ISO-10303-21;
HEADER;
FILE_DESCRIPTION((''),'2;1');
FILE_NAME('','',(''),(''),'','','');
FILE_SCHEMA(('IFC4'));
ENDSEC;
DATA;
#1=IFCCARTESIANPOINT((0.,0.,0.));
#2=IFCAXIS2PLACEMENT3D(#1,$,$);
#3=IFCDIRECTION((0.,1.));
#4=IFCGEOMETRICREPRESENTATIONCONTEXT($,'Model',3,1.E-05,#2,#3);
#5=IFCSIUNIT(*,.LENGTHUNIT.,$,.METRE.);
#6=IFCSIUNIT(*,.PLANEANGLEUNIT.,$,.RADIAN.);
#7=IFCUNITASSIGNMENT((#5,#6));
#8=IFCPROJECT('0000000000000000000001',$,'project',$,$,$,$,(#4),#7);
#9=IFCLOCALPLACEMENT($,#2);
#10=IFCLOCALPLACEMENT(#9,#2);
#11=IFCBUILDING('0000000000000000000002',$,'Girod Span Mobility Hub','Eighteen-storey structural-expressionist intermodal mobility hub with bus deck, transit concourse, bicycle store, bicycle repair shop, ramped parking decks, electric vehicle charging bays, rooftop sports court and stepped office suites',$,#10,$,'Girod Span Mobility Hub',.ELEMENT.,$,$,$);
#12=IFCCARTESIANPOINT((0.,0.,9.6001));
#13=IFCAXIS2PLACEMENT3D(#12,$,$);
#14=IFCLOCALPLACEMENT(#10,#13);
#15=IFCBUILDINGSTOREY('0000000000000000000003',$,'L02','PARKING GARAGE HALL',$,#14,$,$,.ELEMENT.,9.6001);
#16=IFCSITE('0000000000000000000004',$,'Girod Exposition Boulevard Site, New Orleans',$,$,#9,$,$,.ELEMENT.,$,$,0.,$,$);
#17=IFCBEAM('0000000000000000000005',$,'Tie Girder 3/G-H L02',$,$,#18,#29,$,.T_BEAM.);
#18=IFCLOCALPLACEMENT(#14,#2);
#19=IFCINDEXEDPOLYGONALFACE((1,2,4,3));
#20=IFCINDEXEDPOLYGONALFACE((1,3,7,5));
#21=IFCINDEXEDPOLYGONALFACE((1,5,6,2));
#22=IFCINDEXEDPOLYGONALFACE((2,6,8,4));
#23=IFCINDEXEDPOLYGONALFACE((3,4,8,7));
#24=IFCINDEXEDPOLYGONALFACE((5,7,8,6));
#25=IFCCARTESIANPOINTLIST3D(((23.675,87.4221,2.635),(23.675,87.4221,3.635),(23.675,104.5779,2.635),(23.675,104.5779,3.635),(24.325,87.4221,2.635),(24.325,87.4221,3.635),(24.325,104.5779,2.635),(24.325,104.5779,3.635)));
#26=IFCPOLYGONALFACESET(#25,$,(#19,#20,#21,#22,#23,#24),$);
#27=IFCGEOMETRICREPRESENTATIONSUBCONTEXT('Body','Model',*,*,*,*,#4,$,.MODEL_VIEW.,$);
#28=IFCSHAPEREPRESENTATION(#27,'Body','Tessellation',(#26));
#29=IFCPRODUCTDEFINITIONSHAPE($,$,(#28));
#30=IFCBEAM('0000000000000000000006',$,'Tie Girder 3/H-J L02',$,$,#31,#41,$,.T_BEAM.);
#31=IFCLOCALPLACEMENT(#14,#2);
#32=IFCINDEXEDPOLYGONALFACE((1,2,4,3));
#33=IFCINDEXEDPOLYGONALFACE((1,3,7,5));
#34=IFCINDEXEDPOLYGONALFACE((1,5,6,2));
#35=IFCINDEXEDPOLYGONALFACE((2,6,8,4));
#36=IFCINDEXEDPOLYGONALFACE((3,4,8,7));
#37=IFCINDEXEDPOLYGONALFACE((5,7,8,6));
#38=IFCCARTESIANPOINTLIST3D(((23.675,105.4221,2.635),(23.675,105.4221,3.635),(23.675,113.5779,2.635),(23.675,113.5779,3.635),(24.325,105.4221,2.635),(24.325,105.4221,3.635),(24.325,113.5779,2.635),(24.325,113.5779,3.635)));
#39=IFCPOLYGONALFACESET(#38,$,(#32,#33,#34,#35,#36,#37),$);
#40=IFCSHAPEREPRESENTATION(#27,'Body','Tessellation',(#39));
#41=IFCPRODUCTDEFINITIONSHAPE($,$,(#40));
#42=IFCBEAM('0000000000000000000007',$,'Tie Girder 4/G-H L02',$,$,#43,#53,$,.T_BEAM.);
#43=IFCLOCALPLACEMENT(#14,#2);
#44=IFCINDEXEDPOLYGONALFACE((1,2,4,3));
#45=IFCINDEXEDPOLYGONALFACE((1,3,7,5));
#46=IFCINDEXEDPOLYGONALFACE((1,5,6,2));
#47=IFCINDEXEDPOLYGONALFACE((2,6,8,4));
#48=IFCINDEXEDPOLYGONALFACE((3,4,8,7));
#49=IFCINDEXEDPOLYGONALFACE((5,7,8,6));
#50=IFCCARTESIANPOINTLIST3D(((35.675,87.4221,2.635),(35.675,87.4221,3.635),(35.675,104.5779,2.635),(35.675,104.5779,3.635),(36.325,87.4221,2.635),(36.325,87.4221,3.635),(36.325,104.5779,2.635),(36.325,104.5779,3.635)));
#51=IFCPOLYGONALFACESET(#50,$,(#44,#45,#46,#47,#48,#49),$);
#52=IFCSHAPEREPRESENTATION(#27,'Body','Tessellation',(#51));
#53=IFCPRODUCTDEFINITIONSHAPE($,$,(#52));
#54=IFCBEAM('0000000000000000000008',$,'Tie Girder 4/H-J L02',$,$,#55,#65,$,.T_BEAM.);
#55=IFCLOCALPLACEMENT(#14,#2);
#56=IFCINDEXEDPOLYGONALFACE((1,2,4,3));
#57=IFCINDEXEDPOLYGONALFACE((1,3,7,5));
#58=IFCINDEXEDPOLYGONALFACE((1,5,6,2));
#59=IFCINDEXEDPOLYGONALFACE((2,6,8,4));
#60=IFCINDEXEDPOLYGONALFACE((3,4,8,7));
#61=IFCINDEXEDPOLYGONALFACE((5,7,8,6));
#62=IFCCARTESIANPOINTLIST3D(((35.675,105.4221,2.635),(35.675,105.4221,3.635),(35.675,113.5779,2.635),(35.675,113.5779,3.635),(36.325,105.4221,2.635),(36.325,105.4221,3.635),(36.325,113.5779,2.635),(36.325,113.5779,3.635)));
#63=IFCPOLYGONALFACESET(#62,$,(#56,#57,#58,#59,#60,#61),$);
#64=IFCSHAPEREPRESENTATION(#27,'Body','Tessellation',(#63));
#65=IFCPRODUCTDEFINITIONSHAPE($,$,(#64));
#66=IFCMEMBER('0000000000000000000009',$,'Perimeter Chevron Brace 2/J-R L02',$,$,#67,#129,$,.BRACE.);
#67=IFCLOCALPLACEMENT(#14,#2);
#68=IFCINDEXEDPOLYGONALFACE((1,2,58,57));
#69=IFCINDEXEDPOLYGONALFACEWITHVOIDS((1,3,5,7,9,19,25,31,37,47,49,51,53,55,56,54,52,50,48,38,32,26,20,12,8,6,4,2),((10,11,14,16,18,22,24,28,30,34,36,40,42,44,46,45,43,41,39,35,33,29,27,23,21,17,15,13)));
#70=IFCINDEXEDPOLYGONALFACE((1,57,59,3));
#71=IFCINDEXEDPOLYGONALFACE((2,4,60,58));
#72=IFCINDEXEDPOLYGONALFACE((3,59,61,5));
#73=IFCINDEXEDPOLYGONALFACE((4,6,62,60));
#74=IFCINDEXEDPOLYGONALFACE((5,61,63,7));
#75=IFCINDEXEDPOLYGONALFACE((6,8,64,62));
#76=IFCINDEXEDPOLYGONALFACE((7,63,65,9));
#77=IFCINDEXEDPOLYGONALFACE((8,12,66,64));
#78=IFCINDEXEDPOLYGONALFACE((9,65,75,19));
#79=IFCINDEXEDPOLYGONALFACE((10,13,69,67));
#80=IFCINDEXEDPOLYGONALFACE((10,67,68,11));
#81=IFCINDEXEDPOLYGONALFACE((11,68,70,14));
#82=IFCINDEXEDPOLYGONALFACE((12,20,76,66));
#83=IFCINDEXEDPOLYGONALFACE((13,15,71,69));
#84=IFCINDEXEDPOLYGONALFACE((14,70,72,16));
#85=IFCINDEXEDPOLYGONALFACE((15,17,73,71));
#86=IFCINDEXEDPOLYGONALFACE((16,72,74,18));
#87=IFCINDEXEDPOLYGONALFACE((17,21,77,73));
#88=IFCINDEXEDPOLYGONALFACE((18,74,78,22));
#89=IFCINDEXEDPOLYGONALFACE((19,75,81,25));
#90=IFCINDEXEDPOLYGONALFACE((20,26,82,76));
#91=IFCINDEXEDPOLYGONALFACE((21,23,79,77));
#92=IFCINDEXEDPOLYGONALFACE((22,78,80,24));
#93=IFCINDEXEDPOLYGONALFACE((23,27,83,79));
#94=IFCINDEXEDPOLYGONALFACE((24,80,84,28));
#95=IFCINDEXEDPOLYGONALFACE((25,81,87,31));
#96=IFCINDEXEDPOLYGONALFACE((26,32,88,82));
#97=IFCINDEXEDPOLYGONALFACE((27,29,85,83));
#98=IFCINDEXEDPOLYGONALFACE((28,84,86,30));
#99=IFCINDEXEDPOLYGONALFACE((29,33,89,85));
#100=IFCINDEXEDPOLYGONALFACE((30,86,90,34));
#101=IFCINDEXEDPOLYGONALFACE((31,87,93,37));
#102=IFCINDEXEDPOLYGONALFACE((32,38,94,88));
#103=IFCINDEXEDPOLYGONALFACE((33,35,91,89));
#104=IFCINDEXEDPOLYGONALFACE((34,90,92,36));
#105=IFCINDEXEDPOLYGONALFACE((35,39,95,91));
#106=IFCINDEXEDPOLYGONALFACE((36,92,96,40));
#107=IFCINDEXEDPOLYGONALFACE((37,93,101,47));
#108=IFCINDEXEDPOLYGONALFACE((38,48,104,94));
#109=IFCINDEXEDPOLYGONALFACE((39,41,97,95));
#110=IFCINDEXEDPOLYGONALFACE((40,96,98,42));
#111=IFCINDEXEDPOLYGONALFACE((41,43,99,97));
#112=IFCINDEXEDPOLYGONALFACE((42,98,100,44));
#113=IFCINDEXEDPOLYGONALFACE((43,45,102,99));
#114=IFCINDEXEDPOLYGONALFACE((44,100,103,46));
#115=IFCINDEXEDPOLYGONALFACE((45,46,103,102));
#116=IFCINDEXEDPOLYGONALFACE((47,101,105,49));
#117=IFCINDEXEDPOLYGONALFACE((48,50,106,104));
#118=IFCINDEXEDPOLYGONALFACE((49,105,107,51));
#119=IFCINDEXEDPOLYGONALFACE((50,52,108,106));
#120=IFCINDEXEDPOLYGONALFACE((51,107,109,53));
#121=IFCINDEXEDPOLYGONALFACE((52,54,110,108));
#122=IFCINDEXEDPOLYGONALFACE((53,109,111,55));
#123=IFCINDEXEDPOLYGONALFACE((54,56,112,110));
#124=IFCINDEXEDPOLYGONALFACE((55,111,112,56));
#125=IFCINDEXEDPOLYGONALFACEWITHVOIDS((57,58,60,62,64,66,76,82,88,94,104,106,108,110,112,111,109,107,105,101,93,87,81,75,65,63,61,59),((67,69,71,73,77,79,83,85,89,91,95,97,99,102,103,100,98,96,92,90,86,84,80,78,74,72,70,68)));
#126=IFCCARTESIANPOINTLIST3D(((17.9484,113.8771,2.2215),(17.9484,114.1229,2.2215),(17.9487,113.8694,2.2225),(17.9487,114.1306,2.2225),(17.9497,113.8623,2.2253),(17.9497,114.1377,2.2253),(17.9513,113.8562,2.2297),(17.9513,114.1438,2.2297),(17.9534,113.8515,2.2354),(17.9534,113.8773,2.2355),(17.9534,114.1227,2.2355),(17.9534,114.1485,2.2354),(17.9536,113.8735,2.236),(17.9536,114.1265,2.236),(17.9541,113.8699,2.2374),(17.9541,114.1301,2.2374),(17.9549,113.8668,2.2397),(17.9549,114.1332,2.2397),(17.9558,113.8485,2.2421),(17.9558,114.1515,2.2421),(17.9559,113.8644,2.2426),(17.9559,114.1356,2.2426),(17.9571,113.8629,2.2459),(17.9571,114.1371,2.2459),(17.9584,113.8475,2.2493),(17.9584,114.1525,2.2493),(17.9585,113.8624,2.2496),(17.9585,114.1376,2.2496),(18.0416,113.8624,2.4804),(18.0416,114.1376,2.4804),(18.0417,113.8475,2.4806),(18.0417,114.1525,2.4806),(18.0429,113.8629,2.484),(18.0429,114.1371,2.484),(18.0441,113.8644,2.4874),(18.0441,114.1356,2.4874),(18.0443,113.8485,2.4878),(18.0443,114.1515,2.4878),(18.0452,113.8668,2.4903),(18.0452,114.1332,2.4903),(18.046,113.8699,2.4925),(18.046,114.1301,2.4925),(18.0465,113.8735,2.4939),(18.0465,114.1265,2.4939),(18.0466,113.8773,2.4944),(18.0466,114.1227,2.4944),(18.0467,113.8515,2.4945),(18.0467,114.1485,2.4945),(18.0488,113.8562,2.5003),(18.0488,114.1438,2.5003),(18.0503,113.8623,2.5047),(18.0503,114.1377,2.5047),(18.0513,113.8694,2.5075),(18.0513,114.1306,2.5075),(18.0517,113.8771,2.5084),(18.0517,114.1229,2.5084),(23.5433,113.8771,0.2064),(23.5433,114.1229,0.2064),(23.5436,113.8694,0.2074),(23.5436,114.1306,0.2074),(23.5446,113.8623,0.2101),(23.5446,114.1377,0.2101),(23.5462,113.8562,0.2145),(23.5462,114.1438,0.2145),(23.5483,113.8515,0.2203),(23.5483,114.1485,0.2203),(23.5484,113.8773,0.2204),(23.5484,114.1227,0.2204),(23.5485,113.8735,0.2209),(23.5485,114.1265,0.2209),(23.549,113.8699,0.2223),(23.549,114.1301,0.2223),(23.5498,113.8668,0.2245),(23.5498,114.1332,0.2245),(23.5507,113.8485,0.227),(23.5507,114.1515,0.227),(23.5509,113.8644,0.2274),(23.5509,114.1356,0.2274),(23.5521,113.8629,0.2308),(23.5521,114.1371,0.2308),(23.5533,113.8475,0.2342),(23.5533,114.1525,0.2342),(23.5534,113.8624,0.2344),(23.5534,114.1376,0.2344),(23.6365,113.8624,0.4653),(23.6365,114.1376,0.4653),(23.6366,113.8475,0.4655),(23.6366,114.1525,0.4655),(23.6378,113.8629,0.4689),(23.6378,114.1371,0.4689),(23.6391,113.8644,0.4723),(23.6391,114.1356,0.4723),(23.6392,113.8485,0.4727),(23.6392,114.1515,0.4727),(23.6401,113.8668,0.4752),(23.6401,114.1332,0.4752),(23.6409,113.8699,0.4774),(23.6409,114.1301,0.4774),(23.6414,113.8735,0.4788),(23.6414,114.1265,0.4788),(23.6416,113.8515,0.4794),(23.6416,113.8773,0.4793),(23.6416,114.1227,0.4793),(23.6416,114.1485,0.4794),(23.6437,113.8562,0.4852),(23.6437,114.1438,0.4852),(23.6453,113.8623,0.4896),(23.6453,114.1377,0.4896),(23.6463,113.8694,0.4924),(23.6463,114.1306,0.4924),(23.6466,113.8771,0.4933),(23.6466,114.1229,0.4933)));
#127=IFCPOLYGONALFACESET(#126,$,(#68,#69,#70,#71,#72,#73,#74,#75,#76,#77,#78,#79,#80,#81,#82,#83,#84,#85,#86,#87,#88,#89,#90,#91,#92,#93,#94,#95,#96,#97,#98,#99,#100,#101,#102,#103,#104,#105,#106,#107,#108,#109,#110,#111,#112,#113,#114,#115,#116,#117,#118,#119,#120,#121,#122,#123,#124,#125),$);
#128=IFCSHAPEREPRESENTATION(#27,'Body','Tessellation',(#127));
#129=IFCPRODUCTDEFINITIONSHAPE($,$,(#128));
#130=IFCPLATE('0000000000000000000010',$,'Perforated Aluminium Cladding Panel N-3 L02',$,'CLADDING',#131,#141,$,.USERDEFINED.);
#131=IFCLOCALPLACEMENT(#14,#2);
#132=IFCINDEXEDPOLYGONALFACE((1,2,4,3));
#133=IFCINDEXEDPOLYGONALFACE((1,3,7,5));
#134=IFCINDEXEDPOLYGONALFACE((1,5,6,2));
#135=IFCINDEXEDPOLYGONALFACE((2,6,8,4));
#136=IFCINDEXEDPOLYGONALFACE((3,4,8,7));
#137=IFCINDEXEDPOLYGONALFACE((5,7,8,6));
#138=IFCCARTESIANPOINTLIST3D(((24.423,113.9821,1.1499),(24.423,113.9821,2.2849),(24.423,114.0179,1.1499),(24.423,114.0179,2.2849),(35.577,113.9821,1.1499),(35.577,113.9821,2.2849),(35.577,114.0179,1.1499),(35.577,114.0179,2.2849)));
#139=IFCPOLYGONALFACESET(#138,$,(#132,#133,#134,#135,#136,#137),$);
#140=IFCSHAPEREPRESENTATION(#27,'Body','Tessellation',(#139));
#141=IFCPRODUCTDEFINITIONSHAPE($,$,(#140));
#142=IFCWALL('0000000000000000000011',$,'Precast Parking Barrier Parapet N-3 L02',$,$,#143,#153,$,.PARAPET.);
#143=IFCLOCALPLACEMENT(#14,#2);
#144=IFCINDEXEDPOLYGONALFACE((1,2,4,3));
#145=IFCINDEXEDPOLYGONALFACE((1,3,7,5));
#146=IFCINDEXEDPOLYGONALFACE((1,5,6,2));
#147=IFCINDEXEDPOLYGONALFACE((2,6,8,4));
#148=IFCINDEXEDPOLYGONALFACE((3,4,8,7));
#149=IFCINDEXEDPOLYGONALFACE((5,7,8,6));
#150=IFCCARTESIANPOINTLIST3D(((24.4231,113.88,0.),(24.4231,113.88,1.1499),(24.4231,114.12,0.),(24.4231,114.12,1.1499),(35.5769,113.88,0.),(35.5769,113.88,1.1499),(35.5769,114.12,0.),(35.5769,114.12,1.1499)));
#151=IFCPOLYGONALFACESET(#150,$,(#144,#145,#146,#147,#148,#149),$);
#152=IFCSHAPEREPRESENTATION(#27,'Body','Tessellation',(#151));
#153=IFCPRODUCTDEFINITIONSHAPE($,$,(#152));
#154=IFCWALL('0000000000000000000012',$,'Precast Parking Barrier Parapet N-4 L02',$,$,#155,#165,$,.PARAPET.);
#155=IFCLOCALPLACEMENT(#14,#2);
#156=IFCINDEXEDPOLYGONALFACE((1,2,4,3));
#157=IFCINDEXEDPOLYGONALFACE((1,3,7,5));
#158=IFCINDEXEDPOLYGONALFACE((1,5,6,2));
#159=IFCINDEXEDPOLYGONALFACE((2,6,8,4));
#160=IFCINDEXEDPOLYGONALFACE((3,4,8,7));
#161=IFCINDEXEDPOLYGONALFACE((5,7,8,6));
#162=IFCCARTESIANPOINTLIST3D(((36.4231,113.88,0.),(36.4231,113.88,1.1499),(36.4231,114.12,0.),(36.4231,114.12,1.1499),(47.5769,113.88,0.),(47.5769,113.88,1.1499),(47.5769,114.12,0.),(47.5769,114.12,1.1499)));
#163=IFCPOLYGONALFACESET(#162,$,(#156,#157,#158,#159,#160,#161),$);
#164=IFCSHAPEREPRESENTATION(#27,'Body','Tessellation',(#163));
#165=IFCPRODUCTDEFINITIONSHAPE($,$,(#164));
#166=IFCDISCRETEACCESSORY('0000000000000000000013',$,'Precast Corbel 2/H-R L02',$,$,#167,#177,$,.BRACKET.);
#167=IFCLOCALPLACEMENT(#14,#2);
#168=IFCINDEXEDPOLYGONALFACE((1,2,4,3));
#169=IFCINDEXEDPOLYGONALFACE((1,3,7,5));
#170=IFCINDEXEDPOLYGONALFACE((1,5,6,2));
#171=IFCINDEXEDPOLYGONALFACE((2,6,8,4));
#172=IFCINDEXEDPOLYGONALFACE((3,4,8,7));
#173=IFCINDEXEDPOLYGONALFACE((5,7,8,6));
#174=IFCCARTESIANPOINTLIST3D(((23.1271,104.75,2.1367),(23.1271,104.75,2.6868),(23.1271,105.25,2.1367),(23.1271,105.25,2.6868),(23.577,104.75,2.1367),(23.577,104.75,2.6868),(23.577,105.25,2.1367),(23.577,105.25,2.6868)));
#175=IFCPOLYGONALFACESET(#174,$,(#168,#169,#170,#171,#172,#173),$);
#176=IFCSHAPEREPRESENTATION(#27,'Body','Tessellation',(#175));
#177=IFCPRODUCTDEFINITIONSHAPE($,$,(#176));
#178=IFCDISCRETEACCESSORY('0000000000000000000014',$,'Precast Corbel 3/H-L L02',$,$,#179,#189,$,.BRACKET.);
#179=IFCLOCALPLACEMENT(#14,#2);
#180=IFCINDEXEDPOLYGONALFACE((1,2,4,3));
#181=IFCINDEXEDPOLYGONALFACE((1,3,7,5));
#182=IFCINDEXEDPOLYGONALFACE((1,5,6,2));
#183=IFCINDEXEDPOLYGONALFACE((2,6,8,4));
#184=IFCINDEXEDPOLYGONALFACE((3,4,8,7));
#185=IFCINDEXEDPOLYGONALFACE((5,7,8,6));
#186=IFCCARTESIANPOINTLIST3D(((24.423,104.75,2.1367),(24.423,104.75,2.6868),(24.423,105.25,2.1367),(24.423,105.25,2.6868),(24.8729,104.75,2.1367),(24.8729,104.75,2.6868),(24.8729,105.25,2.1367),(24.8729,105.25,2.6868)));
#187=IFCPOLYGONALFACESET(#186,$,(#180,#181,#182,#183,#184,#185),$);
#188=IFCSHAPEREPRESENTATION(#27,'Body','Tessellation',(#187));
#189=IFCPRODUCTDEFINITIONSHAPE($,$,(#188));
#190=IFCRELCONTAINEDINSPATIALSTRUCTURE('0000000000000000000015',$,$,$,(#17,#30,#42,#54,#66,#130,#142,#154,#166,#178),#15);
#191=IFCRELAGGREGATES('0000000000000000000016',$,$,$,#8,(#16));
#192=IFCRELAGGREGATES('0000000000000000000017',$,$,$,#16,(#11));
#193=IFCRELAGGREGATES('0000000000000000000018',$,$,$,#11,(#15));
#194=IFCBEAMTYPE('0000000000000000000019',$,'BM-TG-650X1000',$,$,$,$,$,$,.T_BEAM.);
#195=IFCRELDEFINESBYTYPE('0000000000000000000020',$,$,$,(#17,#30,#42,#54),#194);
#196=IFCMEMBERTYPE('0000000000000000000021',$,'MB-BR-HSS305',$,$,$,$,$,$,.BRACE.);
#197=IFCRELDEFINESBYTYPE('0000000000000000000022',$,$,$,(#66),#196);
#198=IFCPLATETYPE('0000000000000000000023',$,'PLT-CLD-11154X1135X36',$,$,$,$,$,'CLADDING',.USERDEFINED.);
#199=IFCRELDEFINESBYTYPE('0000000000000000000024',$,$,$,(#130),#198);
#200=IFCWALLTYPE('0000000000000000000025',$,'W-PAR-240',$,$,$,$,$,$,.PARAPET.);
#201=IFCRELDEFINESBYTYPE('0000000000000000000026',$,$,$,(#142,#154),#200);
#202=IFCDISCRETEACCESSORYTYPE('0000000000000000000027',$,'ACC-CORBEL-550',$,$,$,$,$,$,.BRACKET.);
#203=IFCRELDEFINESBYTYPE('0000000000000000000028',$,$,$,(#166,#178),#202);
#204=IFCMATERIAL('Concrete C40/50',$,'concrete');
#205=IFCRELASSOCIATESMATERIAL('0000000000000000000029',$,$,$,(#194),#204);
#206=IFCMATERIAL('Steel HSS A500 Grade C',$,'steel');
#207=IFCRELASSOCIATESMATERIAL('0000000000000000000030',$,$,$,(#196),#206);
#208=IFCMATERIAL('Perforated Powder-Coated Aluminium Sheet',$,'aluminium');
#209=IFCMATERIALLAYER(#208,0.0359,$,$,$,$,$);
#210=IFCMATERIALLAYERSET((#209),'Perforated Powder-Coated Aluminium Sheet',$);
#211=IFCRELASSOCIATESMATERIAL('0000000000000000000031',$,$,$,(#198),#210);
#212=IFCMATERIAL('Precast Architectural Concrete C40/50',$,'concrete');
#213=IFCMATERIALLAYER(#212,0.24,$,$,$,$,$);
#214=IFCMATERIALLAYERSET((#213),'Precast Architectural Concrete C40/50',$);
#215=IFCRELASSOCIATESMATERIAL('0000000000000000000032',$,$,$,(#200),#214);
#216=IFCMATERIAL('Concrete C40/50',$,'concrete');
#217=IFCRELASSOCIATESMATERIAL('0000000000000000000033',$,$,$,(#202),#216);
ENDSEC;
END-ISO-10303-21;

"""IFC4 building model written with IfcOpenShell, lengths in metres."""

from ifc_helpers import new_model, si_unit, direction, frame, frame_2d, origin, origin_2d, place, context, subcontext, project, spatial, rectangle, hollow_rectangle, extrude, material, layer, layer_set, material_profile, profile_set, type_object, element, save


model = new_model("IFC4")

# Units and contexts
model_context = context("Model", 3, precision=1e-05, world=origin(), true_north=direction((0.0, 1.0)))
body_context = subcontext(model_context, "Body", "Model", "MODEL_VIEW")
ifc_project = project(units=[si_unit("LENGTHUNIT", "METRE"), si_unit("PLANEANGLEUNIT", "RADIAN")], contexts=[model_context])

# Site, building, storey
site_placement = place(None, origin())
site = spatial("IfcSite", under=ifc_project, at=site_placement, Name="Girod Exposition Boulevard Site, New Orleans", CompositionType="ELEMENT", RefElevation=0.0)
building_placement = place(site_placement, origin())
building = spatial("IfcBuilding", under=site, at=building_placement, Name="Girod Span Mobility Hub", Description="Eighteen-storey structural-expressionist intermodal mobility hub with bus deck, transit concourse, bicycle store, bicycle repair shop, ramped parking decks, electric vehicle charging bays, rooftop sports court and stepped office suites", LongName="Girod Span Mobility Hub", CompositionType="ELEMENT")
storey_placement = place(building_placement, frame((0.0, 0.0, 9.6001)))
storey = spatial("IfcBuildingStorey", under=building, at=storey_placement, Name="L02", Description="PARKING GARAGE HALL", CompositionType="ELEMENT", Elevation=9.6001)

# Beams
ifc_material_1 = material(Name="Concrete C40/50", Category="concrete")
ifc_material_profile_1 = material_profile(ifc_material_1, rectangle(XDim=0.6499, YDim=1.0, at=origin_2d()), Name="TG-650X1000")
ifc_profile_set_1 = profile_set([ifc_material_profile_1], Name="Concrete C40/50")
beam_type_1 = type_object("IfcBeamType", Name="BM-TG-650X1000", PredefinedType="T_BEAM", material=ifc_profile_set_1)
beam_1_placement = place(storey_placement, frame((24.0, 87.4221, 3.135), z_axis=(0.0, 1.0, 0.0), x_axis=(-1.0, 0.0, 0.0)))
element("IfcBeam", 1, at=beam_1_placement, inside=storey, type_object=beam_type_1, Name="Tie Girder 3/G-H L02", PredefinedType="T_BEAM", context=body_context, shape_type="SweptSolid", body=[
    extrude(rectangle(XDim=0.6499, YDim=1.0, at=origin_2d()), origin(), (0.0, 0.0, 1.0), 17.1558),
])
beam_2_placement = place(storey_placement, frame((24.0, 105.4221, 3.135), z_axis=(0.0, 1.0, 0.0), x_axis=(-1.0, 0.0, 0.0)))
element("IfcBeam", 2, at=beam_2_placement, inside=storey, type_object=beam_type_1, Name="Tie Girder 3/H-J L02", PredefinedType="T_BEAM", context=body_context, shape_type="SweptSolid", body=[
    extrude(rectangle(XDim=0.6499, YDim=1.0, at=origin_2d()), origin(), (0.0, 0.0, 1.0), 8.1558),
])
beam_3_placement = place(storey_placement, frame((36.0, 87.4221, 3.135), z_axis=(0.0, 1.0, 0.0), x_axis=(-1.0, 0.0, 0.0)))
element("IfcBeam", 3, at=beam_3_placement, inside=storey, type_object=beam_type_1, Name="Tie Girder 4/G-H L02", PredefinedType="T_BEAM", context=body_context, shape_type="SweptSolid", body=[
    extrude(rectangle(XDim=0.6499, YDim=1.0, at=origin_2d()), origin(), (0.0, 0.0, 1.0), 17.1558),
])
beam_4_placement = place(storey_placement, frame((36.0, 105.4221, 3.135), z_axis=(0.0, 1.0, 0.0), x_axis=(-1.0, 0.0, 0.0)))
element("IfcBeam", 4, at=beam_4_placement, inside=storey, type_object=beam_type_1, Name="Tie Girder 4/H-J L02", PredefinedType="T_BEAM", context=body_context, shape_type="SweptSolid", body=[
    extrude(rectangle(XDim=0.6499, YDim=1.0, at=origin_2d()), origin(), (0.0, 0.0, 1.0), 8.1558),
])

# Member
ifc_material_2 = material(Name="Steel HSS A500 Grade C", Category="steel")
ifc_material_profile_2 = material_profile(ifc_material_2, hollow_rectangle(XDim=0.3049, YDim=0.3049, WallThickness=0.0149, InnerFilletRadius=0.0149, OuterFilletRadius=0.0295, at=origin_2d()), Name="HSS305X305X16")
ifc_profile_set_2 = profile_set([ifc_material_profile_2], Name="Steel HSS A500 Grade C")
member_type = type_object("IfcMemberType", Name="MB-BR-HSS305", PredefinedType="BRACE", material=ifc_profile_set_2)
member_placement = place(storey_placement, frame((23.595, 114.0, 0.3499), z_axis=(-0.940837, 0.0, 0.33886), x_axis=(0.0, -1.0, 0.0)))
element("IfcMember", 5, at=member_placement, inside=storey, type_object=member_type, Name="Perimeter Chevron Brace 2/J-R L02", PredefinedType="BRACE", context=body_context, shape_type="SweptSolid", body=[
    extrude(hollow_rectangle(XDim=0.3049, YDim=0.3049, WallThickness=0.0149, InnerFilletRadius=0.0149, OuterFilletRadius=0.0295, at=origin_2d()), origin(), (0.0, 0.0, 1.0), 5.9468),
])

# Plate
ifc_material_3 = material(Name="Perforated Powder-Coated Aluminium Sheet", Category="aluminium")
ifc_layer_1 = layer(ifc_material_3, 0.0359)
ifc_layer_set_1 = layer_set([ifc_layer_1], Name="Perforated Powder-Coated Aluminium Sheet")
plate_type = type_object("IfcPlateType", Name="PLT-CLD-11154X1135X36", ElementType="CLADDING", PredefinedType="USERDEFINED", material=ifc_layer_set_1)
plate_placement = place(storey_placement, frame((30.0, 114.0, 1.1499), z_axis=(0.0, 0.0, 1.0), x_axis=(1.0, 0.0, 0.0)))
element("IfcPlate", 6, at=plate_placement, inside=storey, type_object=plate_type, Name="Perforated Aluminium Cladding Panel N-3 L02", ObjectType="CLADDING", PredefinedType="USERDEFINED", context=body_context, shape_type="SweptSolid", body=[
    extrude(rectangle(XDim=11.1541, YDim=0.0359, at=origin_2d()), origin(), (0.0, 0.0, 1.0), 1.135),
])

# Walls
ifc_material_4 = material(Name="Precast Architectural Concrete C40/50", Category="concrete")
ifc_layer_2 = layer(ifc_material_4, 0.24)
ifc_layer_set_2 = layer_set([ifc_layer_2], Name="Precast Architectural Concrete C40/50")
wall_type = type_object("IfcWallType", Name="W-PAR-240", PredefinedType="PARAPET", material=ifc_layer_set_2)
for number, where, z_axis, x_axis, name in (
    (7, (24.4231, 114.0, 0.0), (0.0, 0.0, 1.0), (1.0, 0.0, 0.0), "Precast Parking Barrier Parapet N-3 L02"),
    (8, (36.4231, 114.0, 0.0), (0.0, 0.0, 1.0), (1.0, 0.0, 0.0), "Precast Parking Barrier Parapet N-4 L02"),
):
    element("IfcWall", number, at=place(storey_placement, frame(where, z_axis=z_axis, x_axis=x_axis)), inside=storey, type_object=wall_type, Name=name, PredefinedType="PARAPET", context=body_context, shape_type="SweptSolid", body=[
        extrude(rectangle(XDim=11.1538, YDim=0.24, at=frame_2d((5.5769, 0.0))), origin(), (0.0, 0.0, 1.0), 1.1499),
    ])

# Discrete accessories
ifc_material_5 = material(Name="Concrete C40/50", Category="concrete")
discrete_accessory_type = type_object("IfcDiscreteAccessoryType", Name="ACC-CORBEL-550", PredefinedType="BRACKET", material=ifc_material_5)
for number, where, z_axis, x_axis, name in (
    (9, (23.3521, 105.0, 2.1367), (0.0, 0.0, 1.0), (1.0, 0.0, 0.0), "Precast Corbel 2/H-R L02"),
    (10, (24.6479, 105.0, 2.1367), (0.0, 0.0, 1.0), (1.0, 0.0, 0.0), "Precast Corbel 3/H-L L02"),
):
    element("IfcDiscreteAccessory", number, at=place(storey_placement, frame(where, z_axis=z_axis, x_axis=x_axis)), inside=storey, type_object=discrete_accessory_type, Name=name, PredefinedType="BRACKET", context=body_context, shape_type="SweptSolid", body=[
        extrude(rectangle(XDim=0.45, YDim=0.5, at=origin_2d()), origin(), (0.0, 0.0, 1.0), 0.55),
    ])

save(model, "model.ifc")
